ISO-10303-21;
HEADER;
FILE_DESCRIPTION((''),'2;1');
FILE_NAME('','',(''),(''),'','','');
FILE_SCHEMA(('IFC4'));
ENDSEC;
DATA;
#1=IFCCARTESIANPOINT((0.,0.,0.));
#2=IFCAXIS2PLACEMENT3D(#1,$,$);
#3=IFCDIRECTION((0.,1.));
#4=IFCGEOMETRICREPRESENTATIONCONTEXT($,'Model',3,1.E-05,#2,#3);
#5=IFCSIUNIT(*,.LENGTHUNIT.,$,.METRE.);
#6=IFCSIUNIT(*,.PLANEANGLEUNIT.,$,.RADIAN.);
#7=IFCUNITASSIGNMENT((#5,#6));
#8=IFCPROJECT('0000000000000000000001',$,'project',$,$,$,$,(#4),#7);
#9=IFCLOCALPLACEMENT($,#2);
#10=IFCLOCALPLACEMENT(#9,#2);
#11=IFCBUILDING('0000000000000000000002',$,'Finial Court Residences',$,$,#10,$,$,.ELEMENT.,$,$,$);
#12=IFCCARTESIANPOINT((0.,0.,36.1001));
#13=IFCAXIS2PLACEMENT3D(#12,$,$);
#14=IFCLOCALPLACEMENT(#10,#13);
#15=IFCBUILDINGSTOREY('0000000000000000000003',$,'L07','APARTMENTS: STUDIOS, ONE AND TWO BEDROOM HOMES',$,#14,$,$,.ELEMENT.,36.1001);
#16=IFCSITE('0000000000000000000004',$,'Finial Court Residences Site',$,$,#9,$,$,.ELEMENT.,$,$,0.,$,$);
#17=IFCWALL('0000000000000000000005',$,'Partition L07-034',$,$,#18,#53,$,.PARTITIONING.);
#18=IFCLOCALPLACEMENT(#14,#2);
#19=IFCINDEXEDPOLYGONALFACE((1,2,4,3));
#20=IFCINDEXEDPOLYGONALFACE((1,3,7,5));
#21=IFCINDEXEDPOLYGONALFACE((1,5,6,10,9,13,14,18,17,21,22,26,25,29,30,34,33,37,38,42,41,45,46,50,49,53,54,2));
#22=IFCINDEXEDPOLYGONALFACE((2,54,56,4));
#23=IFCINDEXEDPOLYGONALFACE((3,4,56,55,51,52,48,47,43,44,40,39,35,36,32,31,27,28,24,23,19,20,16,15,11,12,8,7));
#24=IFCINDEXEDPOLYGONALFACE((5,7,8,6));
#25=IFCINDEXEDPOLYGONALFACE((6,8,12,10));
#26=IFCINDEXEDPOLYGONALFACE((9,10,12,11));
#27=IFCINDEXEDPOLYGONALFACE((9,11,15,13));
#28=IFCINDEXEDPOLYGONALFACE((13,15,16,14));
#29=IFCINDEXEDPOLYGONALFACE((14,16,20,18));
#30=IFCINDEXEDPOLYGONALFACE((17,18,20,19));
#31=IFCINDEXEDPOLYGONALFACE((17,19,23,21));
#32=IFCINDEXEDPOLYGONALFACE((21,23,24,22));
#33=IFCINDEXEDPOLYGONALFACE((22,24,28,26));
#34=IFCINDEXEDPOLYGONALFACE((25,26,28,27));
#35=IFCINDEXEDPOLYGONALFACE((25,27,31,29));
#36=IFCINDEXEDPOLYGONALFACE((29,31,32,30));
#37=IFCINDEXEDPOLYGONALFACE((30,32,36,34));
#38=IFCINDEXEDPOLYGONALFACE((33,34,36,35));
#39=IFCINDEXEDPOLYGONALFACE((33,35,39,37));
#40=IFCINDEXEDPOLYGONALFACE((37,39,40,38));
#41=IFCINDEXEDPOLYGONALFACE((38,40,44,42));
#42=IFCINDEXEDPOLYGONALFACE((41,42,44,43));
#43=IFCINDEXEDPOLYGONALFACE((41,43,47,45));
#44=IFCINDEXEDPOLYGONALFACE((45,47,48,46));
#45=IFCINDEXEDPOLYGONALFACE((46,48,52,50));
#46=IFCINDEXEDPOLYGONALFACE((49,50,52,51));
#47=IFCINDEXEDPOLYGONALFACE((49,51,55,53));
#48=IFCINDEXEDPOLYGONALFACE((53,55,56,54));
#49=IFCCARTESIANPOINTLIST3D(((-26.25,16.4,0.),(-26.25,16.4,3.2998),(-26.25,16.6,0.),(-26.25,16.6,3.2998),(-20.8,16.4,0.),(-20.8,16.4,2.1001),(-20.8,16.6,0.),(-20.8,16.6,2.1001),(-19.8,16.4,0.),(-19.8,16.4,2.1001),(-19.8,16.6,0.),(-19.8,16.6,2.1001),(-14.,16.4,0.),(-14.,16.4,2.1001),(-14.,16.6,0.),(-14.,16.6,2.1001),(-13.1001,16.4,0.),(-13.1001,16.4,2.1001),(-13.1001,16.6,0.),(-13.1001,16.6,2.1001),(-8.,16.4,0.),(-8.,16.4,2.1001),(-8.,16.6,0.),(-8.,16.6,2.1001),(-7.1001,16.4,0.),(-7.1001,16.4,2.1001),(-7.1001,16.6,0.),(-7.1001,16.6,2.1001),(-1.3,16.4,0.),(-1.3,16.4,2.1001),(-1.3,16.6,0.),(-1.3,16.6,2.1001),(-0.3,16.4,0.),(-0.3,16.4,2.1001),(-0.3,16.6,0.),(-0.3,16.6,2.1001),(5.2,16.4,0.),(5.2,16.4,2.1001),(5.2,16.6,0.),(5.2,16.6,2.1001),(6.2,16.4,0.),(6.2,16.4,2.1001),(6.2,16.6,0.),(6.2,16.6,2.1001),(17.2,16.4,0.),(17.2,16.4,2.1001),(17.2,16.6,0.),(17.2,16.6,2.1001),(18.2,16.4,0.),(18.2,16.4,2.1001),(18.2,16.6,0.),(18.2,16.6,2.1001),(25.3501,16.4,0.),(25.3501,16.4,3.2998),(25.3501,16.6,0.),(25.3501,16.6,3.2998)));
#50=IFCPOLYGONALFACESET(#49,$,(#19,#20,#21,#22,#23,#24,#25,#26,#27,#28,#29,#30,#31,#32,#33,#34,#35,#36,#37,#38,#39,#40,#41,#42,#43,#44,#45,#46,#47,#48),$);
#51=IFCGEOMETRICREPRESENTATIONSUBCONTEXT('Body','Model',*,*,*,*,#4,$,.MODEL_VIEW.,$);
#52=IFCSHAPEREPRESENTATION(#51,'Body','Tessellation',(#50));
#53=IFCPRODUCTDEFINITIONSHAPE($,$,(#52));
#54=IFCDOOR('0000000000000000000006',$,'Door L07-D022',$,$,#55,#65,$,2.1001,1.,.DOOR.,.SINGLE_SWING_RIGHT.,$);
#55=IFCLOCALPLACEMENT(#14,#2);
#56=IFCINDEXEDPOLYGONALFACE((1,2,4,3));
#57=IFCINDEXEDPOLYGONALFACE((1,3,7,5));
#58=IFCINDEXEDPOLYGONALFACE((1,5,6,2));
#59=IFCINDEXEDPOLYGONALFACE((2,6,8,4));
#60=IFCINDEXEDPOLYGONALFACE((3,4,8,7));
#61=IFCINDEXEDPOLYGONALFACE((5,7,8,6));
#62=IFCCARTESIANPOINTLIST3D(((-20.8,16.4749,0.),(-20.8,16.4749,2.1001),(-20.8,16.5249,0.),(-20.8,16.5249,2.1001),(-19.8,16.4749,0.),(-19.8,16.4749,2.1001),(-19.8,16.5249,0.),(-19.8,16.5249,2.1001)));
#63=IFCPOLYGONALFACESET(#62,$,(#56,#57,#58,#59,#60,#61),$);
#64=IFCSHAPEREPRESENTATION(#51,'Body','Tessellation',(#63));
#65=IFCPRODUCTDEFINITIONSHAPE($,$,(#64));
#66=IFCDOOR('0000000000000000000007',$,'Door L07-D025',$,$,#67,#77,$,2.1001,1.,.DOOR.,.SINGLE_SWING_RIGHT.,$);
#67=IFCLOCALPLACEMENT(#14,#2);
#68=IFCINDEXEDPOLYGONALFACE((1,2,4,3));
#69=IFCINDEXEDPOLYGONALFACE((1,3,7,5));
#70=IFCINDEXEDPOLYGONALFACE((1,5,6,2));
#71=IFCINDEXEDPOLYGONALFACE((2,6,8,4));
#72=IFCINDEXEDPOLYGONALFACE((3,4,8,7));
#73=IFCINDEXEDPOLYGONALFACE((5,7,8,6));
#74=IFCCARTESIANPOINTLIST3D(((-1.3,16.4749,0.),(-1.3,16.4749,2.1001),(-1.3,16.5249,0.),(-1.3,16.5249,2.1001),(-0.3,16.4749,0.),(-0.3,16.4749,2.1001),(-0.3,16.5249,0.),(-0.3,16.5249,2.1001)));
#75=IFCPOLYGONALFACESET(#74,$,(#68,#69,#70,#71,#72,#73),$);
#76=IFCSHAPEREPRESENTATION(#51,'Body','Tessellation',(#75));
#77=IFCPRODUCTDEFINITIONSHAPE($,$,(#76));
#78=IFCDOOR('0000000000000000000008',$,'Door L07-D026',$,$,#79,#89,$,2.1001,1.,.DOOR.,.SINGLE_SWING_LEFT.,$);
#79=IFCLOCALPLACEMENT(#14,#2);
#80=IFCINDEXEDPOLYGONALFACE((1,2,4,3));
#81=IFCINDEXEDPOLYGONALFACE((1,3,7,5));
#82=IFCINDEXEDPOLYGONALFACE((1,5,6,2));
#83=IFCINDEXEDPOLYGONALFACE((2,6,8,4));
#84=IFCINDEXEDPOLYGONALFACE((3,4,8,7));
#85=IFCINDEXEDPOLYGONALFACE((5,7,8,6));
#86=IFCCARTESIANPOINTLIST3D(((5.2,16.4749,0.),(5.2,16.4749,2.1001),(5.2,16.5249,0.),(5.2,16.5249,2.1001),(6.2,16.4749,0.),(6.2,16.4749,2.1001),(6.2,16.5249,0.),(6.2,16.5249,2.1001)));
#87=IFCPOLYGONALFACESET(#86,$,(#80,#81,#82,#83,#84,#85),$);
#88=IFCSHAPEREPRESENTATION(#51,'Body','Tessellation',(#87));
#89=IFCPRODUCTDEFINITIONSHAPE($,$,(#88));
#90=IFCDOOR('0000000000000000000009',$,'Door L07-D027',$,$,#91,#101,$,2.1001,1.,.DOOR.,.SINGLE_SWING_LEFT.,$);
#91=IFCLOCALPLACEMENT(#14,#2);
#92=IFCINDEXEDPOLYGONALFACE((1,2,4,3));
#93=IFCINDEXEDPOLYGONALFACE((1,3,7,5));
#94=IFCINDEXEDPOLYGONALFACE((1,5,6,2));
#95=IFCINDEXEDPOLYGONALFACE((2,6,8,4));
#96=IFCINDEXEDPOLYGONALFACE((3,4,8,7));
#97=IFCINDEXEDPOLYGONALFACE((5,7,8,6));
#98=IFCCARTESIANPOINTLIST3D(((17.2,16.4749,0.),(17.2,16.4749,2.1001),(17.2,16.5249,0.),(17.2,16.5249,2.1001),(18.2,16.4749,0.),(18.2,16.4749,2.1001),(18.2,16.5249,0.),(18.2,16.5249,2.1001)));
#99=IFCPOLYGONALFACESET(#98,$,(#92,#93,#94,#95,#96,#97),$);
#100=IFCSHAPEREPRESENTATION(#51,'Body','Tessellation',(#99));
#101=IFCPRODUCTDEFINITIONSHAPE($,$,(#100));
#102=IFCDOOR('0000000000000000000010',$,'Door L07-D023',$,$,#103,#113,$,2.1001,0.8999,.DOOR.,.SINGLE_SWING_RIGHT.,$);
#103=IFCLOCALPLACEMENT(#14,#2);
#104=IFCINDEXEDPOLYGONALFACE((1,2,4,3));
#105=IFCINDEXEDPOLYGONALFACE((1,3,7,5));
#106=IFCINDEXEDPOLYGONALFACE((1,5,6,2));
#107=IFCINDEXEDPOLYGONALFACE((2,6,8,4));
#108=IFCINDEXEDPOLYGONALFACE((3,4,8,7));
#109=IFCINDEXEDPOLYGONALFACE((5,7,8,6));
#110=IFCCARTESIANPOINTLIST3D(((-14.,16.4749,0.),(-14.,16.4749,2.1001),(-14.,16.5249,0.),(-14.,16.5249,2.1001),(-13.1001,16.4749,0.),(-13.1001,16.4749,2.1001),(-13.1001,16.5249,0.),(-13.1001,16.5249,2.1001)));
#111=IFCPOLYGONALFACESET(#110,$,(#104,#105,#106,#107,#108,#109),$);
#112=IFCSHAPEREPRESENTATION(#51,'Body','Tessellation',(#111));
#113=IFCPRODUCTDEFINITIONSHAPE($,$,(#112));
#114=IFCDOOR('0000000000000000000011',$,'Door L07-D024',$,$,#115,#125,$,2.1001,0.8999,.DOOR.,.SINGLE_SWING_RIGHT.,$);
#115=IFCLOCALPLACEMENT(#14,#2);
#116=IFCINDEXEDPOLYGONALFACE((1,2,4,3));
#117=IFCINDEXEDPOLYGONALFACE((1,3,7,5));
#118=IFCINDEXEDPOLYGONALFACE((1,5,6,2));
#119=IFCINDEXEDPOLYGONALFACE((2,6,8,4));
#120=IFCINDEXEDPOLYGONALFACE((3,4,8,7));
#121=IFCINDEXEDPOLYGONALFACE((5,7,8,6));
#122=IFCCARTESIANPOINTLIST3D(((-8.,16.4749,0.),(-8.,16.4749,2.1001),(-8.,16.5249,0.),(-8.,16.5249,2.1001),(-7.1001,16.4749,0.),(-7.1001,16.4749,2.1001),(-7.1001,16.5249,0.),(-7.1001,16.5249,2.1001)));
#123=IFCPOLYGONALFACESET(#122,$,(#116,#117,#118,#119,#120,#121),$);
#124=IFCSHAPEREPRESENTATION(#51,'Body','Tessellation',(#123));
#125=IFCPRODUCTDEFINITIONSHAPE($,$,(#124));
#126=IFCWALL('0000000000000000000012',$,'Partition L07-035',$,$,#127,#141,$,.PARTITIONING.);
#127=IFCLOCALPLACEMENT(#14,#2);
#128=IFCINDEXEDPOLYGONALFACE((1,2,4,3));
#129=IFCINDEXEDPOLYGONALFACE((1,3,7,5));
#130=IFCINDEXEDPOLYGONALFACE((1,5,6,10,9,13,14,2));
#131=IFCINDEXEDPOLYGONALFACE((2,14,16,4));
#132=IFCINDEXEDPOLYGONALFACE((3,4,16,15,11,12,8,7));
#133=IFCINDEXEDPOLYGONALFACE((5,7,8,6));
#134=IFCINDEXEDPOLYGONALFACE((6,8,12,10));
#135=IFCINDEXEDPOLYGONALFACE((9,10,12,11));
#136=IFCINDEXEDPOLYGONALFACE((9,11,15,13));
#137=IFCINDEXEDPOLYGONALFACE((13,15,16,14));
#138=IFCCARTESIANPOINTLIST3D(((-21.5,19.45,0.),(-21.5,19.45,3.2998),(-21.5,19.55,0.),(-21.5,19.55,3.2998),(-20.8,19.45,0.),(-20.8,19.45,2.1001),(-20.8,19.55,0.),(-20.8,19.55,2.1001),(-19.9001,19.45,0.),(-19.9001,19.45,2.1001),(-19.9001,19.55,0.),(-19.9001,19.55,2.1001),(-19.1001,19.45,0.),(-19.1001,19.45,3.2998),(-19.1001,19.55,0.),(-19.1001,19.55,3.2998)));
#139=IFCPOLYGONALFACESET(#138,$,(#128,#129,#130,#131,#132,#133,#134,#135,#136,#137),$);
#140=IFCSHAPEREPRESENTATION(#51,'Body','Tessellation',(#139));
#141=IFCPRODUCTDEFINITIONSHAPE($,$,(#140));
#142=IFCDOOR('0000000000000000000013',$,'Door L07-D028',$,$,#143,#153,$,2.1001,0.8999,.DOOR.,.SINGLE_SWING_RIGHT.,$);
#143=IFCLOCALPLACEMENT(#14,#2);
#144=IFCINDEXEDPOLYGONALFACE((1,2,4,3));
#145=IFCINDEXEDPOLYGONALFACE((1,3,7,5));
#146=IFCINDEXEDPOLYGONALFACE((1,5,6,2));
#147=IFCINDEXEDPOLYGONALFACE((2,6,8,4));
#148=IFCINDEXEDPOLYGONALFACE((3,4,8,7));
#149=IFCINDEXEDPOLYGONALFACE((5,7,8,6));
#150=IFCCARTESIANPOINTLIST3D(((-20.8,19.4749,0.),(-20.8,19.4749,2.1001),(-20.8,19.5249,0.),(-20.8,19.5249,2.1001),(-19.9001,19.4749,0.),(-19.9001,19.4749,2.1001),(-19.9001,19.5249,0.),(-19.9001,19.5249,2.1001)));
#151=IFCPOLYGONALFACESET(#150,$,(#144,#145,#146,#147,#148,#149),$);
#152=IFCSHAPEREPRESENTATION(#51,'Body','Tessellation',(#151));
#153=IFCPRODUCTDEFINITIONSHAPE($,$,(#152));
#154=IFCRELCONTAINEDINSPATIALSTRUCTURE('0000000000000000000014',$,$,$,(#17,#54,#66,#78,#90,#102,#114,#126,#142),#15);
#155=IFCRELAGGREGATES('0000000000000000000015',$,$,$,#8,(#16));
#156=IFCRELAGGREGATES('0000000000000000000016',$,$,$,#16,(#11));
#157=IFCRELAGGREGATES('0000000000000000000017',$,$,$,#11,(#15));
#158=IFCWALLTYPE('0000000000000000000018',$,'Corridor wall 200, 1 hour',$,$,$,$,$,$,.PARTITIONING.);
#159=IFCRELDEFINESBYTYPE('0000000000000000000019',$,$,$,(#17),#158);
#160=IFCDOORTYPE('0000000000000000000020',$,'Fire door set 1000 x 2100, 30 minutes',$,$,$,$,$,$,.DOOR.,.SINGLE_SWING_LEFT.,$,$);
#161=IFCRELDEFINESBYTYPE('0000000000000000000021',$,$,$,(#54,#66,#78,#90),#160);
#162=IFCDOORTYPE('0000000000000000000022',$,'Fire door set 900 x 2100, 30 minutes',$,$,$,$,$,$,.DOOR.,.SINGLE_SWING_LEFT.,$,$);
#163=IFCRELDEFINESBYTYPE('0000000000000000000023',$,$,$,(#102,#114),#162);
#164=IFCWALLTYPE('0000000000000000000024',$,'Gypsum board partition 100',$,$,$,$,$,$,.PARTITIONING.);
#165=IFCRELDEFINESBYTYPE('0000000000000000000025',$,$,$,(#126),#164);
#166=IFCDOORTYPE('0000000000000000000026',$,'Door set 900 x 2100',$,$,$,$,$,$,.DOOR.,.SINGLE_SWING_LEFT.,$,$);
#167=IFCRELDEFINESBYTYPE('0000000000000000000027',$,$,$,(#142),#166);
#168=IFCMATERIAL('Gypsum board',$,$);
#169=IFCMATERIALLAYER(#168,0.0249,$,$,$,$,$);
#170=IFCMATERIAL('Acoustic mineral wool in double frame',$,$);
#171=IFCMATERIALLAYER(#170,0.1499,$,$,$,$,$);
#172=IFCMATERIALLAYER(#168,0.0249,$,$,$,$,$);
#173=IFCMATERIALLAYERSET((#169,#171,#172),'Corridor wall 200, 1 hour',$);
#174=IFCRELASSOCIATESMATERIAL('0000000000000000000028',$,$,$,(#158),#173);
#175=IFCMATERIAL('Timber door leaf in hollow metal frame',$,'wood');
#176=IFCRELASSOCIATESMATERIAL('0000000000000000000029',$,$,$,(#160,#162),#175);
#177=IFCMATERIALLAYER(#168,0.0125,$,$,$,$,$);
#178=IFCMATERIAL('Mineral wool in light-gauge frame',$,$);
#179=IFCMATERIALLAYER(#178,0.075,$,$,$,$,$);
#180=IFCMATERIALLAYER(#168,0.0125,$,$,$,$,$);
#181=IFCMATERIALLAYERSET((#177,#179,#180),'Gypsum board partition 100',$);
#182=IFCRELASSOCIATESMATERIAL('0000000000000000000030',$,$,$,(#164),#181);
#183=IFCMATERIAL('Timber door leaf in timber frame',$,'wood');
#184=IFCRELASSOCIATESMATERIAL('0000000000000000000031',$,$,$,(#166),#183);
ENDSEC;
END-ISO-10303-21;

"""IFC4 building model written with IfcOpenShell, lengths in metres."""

from ifc_helpers import new_model, si_unit, direction, frame, frame_2d, origin, place, context, subcontext, project, spatial, rectangle, extrude, material, layer, layer_set, type_object, element, fill, save


model = new_model("IFC4")

# Units and contexts
model_context = context("Model", 3, precision=1e-05, world=origin(), true_north=direction((0.0, 1.0)))
body_context = subcontext(model_context, "Body", "Model", "MODEL_VIEW")
ifc_project = project(units=[si_unit("LENGTHUNIT", "METRE"), si_unit("PLANEANGLEUNIT", "RADIAN")], contexts=[model_context])

# Site, building, storey
site_placement = place(None, origin())
site = spatial("IfcSite", under=ifc_project, at=site_placement, Name="Finial Court Residences Site", CompositionType="ELEMENT", RefElevation=0.0)
building_placement = place(site_placement, origin())
building = spatial("IfcBuilding", under=site, at=building_placement, Name="Finial Court Residences", CompositionType="ELEMENT")
storey_placement = place(building_placement, frame((0.0, 0.0, 36.1001)))
storey = spatial("IfcBuildingStorey", under=building, at=storey_placement, Name="L07", Description="APARTMENTS: STUDIOS, ONE AND TWO BEDROOM HOMES", CompositionType="ELEMENT", Elevation=36.1001)

# Wall, openings, doors
ifc_material_1 = material(Name="Gypsum board")
ifc_layer_1 = layer(ifc_material_1, 0.0249)
ifc_material_2 = material(Name="Acoustic mineral wool in double frame")
ifc_layer_2 = layer(ifc_material_2, 0.1499)
ifc_layer_3 = layer(ifc_material_1, 0.0249)
ifc_layer_set_1 = layer_set([ifc_layer_1, ifc_layer_2, ifc_layer_3], Name="Corridor wall 200, 1 hour")
wall_type_1 = type_object("IfcWallType", Name="Corridor wall 200, 1 hour", PredefinedType="PARTITIONING", material=ifc_layer_set_1)
wall_1_placement = place(storey_placement, frame((-26.25, 16.5, 0.0), z_axis=(0.0, 0.0, 1.0), x_axis=(1.0, 0.0, 0.0)))
wall_1 = element("IfcWall", 1, at=wall_1_placement, inside=storey, type_object=wall_type_1, Name="Partition L07-034", PredefinedType="PARTITIONING", context=body_context, shape_type="SweptSolid", body=[
    extrude(rectangle(XDim=51.6001, YDim=0.2, at=frame_2d((25.8, 0.0))), origin(), (0.0, 0.0, 1.0), 3.2998),
])
opening_1_placement = place(wall_1_placement, frame((5.45, 0.0, 0.0)))
opening_1 = element("IfcOpeningElement", 2, at=opening_1_placement, cuts=wall_1, PredefinedType="OPENING", context=body_context, shape_type="SweptSolid", body=[
    extrude(rectangle(XDim=1.0, YDim=2.1001, at=frame_2d((0.5, 1.05))), frame((0.0, 0.1099, 0.0), z_axis=(0.0, -1.0, 0.0), x_axis=(1.0, 0.0, 0.0)), (0.0, 0.0, 1.0), 0.22),
])
opening_2_placement = place(wall_1_placement, frame((12.25, 0.0, 0.0)))
opening_2 = element("IfcOpeningElement", 3, at=opening_2_placement, cuts=wall_1, PredefinedType="OPENING", context=body_context, shape_type="SweptSolid", body=[
    extrude(rectangle(XDim=0.8999, YDim=2.1001, at=frame_2d((0.45, 1.05))), frame((0.0, 0.1099, 0.0), z_axis=(0.0, -1.0, 0.0), x_axis=(1.0, 0.0, 0.0)), (0.0, 0.0, 1.0), 0.22),
])
opening_3_placement = place(wall_1_placement, frame((18.25, 0.0, 0.0)))
opening_3 = element("IfcOpeningElement", 4, at=opening_3_placement, cuts=wall_1, PredefinedType="OPENING", context=body_context, shape_type="SweptSolid", body=[
    extrude(rectangle(XDim=0.8999, YDim=2.1001, at=frame_2d((0.45, 1.05))), frame((0.0, 0.1099, 0.0), z_axis=(0.0, -1.0, 0.0), x_axis=(1.0, 0.0, 0.0)), (0.0, 0.0, 1.0), 0.22),
])
opening_4_placement = place(wall_1_placement, frame((24.95, 0.0, 0.0)))
opening_4 = element("IfcOpeningElement", 5, at=opening_4_placement, cuts=wall_1, PredefinedType="OPENING", context=body_context, shape_type="SweptSolid", body=[
    extrude(rectangle(XDim=1.0, YDim=2.1001, at=frame_2d((0.5, 1.05))), frame((0.0, 0.1099, 0.0), z_axis=(0.0, -1.0, 0.0), x_axis=(1.0, 0.0, 0.0)), (0.0, 0.0, 1.0), 0.22),
])
opening_5_placement = place(wall_1_placement, frame((31.45, 0.0, 0.0)))
opening_5 = element("IfcOpeningElement", 6, at=opening_5_placement, cuts=wall_1, PredefinedType="OPENING", context=body_context, shape_type="SweptSolid", body=[
    extrude(rectangle(XDim=1.0, YDim=2.1001, at=frame_2d((0.5, 1.05))), frame((0.0, 0.1099, 0.0), z_axis=(0.0, -1.0, 0.0), x_axis=(1.0, 0.0, 0.0)), (0.0, 0.0, 1.0), 0.22),
])
opening_6_placement = place(wall_1_placement, frame((43.45, 0.0, 0.0)))
opening_6 = element("IfcOpeningElement", 7, at=opening_6_placement, cuts=wall_1, PredefinedType="OPENING", context=body_context, shape_type="SweptSolid", body=[
    extrude(rectangle(XDim=1.0, YDim=2.1001, at=frame_2d((0.5, 1.05))), frame((0.0, 0.1099, 0.0), z_axis=(0.0, -1.0, 0.0), x_axis=(1.0, 0.0, 0.0)), (0.0, 0.0, 1.0), 0.22),
])
ifc_material_3 = material(Name="Timber door leaf in hollow metal frame", Category="wood")
door_type_1 = type_object("IfcDoorType", Name="Fire door set 1000 x 2100, 30 minutes", OperationType="SINGLE_SWING_LEFT", PredefinedType="DOOR", material=ifc_material_3)
door_1_placement = place(opening_1_placement, origin())
door_1 = element("IfcDoor", 8, at=door_1_placement, inside=storey, type_object=door_type_1, Name="Door L07-D022", OperationType="SINGLE_SWING_RIGHT", OverallHeight=2.1001, OverallWidth=1.0, PredefinedType="DOOR", context=body_context, shape_type="SweptSolid", body=[
    extrude(rectangle(XDim=1.0, YDim=2.1001, at=frame_2d((0.5, 1.05))), frame((0.0, 0.0249, 0.0), z_axis=(0.0, -1.0, 0.0), x_axis=(1.0, 0.0, 0.0)), (0.0, 0.0, 1.0), 0.05),
])
fill(opening_1, door_1)
door_2_placement = place(opening_4_placement, origin())
door_2 = element("IfcDoor", 9, at=door_2_placement, inside=storey, type_object=door_type_1, Name="Door L07-D025", OperationType="SINGLE_SWING_RIGHT", OverallHeight=2.1001, OverallWidth=1.0, PredefinedType="DOOR", context=body_context, shape_type="SweptSolid", body=[
    extrude(rectangle(XDim=1.0, YDim=2.1001, at=frame_2d((0.5, 1.05))), frame((0.0, 0.0249, 0.0), z_axis=(0.0, -1.0, 0.0), x_axis=(1.0, 0.0, 0.0)), (0.0, 0.0, 1.0), 0.05),
])
fill(opening_4, door_2)
door_3_placement = place(opening_5_placement, origin())
door_3 = element("IfcDoor", 10, at=door_3_placement, inside=storey, type_object=door_type_1, Name="Door L07-D026", OperationType="SINGLE_SWING_LEFT", OverallHeight=2.1001, OverallWidth=1.0, PredefinedType="DOOR", context=body_context, shape_type="SweptSolid", body=[
    extrude(rectangle(XDim=1.0, YDim=2.1001, at=frame_2d((0.5, 1.05))), frame((0.0, 0.0249, 0.0), z_axis=(0.0, -1.0, 0.0), x_axis=(1.0, 0.0, 0.0)), (0.0, 0.0, 1.0), 0.05),
])
fill(opening_5, door_3)
door_4_placement = place(opening_6_placement, origin())
door_4 = element("IfcDoor", 11, at=door_4_placement, inside=storey, type_object=door_type_1, Name="Door L07-D027", OperationType="SINGLE_SWING_LEFT", OverallHeight=2.1001, OverallWidth=1.0, PredefinedType="DOOR", context=body_context, shape_type="SweptSolid", body=[
    extrude(rectangle(XDim=1.0, YDim=2.1001, at=frame_2d((0.5, 1.05))), frame((0.0, 0.0249, 0.0), z_axis=(0.0, -1.0, 0.0), x_axis=(1.0, 0.0, 0.0)), (0.0, 0.0, 1.0), 0.05),
])
fill(opening_6, door_4)
door_type_2 = type_object("IfcDoorType", Name="Fire door set 900 x 2100, 30 minutes", OperationType="SINGLE_SWING_LEFT", PredefinedType="DOOR", material=ifc_material_3)
door_5_placement = place(opening_2_placement, origin())
door_5 = element("IfcDoor", 12, at=door_5_placement, inside=storey, type_object=door_type_2, Name="Door L07-D023", OperationType="SINGLE_SWING_RIGHT", OverallHeight=2.1001, OverallWidth=0.8999, PredefinedType="DOOR", context=body_context, shape_type="SweptSolid", body=[
    extrude(rectangle(XDim=0.8999, YDim=2.1001, at=frame_2d((0.45, 1.05))), frame((0.0, 0.0249, 0.0), z_axis=(0.0, -1.0, 0.0), x_axis=(1.0, 0.0, 0.0)), (0.0, 0.0, 1.0), 0.05),
])
fill(opening_2, door_5)
door_6_placement = place(opening_3_placement, origin())
door_6 = element("IfcDoor", 13, at=door_6_placement, inside=storey, type_object=door_type_2, Name="Door L07-D024", OperationType="SINGLE_SWING_RIGHT", OverallHeight=2.1001, OverallWidth=0.8999, PredefinedType="DOOR", context=body_context, shape_type="SweptSolid", body=[
    extrude(rectangle(XDim=0.8999, YDim=2.1001, at=frame_2d((0.45, 1.05))), frame((0.0, 0.0249, 0.0), z_axis=(0.0, -1.0, 0.0), x_axis=(1.0, 0.0, 0.0)), (0.0, 0.0, 1.0), 0.05),
])
fill(opening_3, door_6)

# Wall, opening, door
ifc_layer_4 = layer(ifc_material_1, 0.0125)
ifc_material_4 = material(Name="Mineral wool in light-gauge frame")
ifc_layer_5 = layer(ifc_material_4, 0.075)
ifc_layer_6 = layer(ifc_material_1, 0.0125)
ifc_layer_set_2 = layer_set([ifc_layer_4, ifc_layer_5, ifc_layer_6], Name="Gypsum board partition 100")
wall_type_2 = type_object("IfcWallType", Name="Gypsum board partition 100", PredefinedType="PARTITIONING", material=ifc_layer_set_2)
wall_2_placement = place(storey_placement, frame((-21.5, 19.5, 0.0), z_axis=(0.0, 0.0, 1.0), x_axis=(1.0, 0.0, 0.0)))
wall_2 = element("IfcWall", 14, at=wall_2_placement, inside=storey, type_object=wall_type_2, Name="Partition L07-035", PredefinedType="PARTITIONING", context=body_context, shape_type="SweptSolid", body=[
    extrude(rectangle(XDim=2.3999, YDim=0.1001, at=frame_2d((1.2, 0.0))), origin(), (0.0, 0.0, 1.0), 3.2998),
])
opening_7_placement = place(wall_2_placement, frame((0.7, 0.0, 0.0)))
opening_7 = element("IfcOpeningElement", 15, at=opening_7_placement, cuts=wall_2, PredefinedType="OPENING", context=body_context, shape_type="SweptSolid", body=[
    extrude(rectangle(XDim=0.8999, YDim=2.1001, at=frame_2d((0.45, 1.05))), frame((0.0, 0.0601, 0.0), z_axis=(0.0, -1.0, 0.0), x_axis=(1.0, 0.0, 0.0)), (0.0, 0.0, 1.0), 0.1201),
])
ifc_material_5 = material(Name="Timber door leaf in timber frame", Category="wood")
door_type_3 = type_object("IfcDoorType", Name="Door set 900 x 2100", OperationType="SINGLE_SWING_LEFT", PredefinedType="DOOR", material=ifc_material_5)
door_7_placement = place(opening_7_placement, origin())
door_7 = element("IfcDoor", 16, at=door_7_placement, inside=storey, type_object=door_type_3, Name="Door L07-D028", OperationType="SINGLE_SWING_RIGHT", OverallHeight=2.1001, OverallWidth=0.8999, PredefinedType="DOOR", context=body_context, shape_type="SweptSolid", body=[
    extrude(rectangle(XDim=0.8999, YDim=2.1001, at=frame_2d((0.45, 1.05))), frame((0.0, 0.0249, 0.0), z_axis=(0.0, -1.0, 0.0), x_axis=(1.0, 0.0, 0.0)), (0.0, 0.0, 1.0), 0.05),
])
fill(opening_7, door_7)

save(model, "model.ifc")
